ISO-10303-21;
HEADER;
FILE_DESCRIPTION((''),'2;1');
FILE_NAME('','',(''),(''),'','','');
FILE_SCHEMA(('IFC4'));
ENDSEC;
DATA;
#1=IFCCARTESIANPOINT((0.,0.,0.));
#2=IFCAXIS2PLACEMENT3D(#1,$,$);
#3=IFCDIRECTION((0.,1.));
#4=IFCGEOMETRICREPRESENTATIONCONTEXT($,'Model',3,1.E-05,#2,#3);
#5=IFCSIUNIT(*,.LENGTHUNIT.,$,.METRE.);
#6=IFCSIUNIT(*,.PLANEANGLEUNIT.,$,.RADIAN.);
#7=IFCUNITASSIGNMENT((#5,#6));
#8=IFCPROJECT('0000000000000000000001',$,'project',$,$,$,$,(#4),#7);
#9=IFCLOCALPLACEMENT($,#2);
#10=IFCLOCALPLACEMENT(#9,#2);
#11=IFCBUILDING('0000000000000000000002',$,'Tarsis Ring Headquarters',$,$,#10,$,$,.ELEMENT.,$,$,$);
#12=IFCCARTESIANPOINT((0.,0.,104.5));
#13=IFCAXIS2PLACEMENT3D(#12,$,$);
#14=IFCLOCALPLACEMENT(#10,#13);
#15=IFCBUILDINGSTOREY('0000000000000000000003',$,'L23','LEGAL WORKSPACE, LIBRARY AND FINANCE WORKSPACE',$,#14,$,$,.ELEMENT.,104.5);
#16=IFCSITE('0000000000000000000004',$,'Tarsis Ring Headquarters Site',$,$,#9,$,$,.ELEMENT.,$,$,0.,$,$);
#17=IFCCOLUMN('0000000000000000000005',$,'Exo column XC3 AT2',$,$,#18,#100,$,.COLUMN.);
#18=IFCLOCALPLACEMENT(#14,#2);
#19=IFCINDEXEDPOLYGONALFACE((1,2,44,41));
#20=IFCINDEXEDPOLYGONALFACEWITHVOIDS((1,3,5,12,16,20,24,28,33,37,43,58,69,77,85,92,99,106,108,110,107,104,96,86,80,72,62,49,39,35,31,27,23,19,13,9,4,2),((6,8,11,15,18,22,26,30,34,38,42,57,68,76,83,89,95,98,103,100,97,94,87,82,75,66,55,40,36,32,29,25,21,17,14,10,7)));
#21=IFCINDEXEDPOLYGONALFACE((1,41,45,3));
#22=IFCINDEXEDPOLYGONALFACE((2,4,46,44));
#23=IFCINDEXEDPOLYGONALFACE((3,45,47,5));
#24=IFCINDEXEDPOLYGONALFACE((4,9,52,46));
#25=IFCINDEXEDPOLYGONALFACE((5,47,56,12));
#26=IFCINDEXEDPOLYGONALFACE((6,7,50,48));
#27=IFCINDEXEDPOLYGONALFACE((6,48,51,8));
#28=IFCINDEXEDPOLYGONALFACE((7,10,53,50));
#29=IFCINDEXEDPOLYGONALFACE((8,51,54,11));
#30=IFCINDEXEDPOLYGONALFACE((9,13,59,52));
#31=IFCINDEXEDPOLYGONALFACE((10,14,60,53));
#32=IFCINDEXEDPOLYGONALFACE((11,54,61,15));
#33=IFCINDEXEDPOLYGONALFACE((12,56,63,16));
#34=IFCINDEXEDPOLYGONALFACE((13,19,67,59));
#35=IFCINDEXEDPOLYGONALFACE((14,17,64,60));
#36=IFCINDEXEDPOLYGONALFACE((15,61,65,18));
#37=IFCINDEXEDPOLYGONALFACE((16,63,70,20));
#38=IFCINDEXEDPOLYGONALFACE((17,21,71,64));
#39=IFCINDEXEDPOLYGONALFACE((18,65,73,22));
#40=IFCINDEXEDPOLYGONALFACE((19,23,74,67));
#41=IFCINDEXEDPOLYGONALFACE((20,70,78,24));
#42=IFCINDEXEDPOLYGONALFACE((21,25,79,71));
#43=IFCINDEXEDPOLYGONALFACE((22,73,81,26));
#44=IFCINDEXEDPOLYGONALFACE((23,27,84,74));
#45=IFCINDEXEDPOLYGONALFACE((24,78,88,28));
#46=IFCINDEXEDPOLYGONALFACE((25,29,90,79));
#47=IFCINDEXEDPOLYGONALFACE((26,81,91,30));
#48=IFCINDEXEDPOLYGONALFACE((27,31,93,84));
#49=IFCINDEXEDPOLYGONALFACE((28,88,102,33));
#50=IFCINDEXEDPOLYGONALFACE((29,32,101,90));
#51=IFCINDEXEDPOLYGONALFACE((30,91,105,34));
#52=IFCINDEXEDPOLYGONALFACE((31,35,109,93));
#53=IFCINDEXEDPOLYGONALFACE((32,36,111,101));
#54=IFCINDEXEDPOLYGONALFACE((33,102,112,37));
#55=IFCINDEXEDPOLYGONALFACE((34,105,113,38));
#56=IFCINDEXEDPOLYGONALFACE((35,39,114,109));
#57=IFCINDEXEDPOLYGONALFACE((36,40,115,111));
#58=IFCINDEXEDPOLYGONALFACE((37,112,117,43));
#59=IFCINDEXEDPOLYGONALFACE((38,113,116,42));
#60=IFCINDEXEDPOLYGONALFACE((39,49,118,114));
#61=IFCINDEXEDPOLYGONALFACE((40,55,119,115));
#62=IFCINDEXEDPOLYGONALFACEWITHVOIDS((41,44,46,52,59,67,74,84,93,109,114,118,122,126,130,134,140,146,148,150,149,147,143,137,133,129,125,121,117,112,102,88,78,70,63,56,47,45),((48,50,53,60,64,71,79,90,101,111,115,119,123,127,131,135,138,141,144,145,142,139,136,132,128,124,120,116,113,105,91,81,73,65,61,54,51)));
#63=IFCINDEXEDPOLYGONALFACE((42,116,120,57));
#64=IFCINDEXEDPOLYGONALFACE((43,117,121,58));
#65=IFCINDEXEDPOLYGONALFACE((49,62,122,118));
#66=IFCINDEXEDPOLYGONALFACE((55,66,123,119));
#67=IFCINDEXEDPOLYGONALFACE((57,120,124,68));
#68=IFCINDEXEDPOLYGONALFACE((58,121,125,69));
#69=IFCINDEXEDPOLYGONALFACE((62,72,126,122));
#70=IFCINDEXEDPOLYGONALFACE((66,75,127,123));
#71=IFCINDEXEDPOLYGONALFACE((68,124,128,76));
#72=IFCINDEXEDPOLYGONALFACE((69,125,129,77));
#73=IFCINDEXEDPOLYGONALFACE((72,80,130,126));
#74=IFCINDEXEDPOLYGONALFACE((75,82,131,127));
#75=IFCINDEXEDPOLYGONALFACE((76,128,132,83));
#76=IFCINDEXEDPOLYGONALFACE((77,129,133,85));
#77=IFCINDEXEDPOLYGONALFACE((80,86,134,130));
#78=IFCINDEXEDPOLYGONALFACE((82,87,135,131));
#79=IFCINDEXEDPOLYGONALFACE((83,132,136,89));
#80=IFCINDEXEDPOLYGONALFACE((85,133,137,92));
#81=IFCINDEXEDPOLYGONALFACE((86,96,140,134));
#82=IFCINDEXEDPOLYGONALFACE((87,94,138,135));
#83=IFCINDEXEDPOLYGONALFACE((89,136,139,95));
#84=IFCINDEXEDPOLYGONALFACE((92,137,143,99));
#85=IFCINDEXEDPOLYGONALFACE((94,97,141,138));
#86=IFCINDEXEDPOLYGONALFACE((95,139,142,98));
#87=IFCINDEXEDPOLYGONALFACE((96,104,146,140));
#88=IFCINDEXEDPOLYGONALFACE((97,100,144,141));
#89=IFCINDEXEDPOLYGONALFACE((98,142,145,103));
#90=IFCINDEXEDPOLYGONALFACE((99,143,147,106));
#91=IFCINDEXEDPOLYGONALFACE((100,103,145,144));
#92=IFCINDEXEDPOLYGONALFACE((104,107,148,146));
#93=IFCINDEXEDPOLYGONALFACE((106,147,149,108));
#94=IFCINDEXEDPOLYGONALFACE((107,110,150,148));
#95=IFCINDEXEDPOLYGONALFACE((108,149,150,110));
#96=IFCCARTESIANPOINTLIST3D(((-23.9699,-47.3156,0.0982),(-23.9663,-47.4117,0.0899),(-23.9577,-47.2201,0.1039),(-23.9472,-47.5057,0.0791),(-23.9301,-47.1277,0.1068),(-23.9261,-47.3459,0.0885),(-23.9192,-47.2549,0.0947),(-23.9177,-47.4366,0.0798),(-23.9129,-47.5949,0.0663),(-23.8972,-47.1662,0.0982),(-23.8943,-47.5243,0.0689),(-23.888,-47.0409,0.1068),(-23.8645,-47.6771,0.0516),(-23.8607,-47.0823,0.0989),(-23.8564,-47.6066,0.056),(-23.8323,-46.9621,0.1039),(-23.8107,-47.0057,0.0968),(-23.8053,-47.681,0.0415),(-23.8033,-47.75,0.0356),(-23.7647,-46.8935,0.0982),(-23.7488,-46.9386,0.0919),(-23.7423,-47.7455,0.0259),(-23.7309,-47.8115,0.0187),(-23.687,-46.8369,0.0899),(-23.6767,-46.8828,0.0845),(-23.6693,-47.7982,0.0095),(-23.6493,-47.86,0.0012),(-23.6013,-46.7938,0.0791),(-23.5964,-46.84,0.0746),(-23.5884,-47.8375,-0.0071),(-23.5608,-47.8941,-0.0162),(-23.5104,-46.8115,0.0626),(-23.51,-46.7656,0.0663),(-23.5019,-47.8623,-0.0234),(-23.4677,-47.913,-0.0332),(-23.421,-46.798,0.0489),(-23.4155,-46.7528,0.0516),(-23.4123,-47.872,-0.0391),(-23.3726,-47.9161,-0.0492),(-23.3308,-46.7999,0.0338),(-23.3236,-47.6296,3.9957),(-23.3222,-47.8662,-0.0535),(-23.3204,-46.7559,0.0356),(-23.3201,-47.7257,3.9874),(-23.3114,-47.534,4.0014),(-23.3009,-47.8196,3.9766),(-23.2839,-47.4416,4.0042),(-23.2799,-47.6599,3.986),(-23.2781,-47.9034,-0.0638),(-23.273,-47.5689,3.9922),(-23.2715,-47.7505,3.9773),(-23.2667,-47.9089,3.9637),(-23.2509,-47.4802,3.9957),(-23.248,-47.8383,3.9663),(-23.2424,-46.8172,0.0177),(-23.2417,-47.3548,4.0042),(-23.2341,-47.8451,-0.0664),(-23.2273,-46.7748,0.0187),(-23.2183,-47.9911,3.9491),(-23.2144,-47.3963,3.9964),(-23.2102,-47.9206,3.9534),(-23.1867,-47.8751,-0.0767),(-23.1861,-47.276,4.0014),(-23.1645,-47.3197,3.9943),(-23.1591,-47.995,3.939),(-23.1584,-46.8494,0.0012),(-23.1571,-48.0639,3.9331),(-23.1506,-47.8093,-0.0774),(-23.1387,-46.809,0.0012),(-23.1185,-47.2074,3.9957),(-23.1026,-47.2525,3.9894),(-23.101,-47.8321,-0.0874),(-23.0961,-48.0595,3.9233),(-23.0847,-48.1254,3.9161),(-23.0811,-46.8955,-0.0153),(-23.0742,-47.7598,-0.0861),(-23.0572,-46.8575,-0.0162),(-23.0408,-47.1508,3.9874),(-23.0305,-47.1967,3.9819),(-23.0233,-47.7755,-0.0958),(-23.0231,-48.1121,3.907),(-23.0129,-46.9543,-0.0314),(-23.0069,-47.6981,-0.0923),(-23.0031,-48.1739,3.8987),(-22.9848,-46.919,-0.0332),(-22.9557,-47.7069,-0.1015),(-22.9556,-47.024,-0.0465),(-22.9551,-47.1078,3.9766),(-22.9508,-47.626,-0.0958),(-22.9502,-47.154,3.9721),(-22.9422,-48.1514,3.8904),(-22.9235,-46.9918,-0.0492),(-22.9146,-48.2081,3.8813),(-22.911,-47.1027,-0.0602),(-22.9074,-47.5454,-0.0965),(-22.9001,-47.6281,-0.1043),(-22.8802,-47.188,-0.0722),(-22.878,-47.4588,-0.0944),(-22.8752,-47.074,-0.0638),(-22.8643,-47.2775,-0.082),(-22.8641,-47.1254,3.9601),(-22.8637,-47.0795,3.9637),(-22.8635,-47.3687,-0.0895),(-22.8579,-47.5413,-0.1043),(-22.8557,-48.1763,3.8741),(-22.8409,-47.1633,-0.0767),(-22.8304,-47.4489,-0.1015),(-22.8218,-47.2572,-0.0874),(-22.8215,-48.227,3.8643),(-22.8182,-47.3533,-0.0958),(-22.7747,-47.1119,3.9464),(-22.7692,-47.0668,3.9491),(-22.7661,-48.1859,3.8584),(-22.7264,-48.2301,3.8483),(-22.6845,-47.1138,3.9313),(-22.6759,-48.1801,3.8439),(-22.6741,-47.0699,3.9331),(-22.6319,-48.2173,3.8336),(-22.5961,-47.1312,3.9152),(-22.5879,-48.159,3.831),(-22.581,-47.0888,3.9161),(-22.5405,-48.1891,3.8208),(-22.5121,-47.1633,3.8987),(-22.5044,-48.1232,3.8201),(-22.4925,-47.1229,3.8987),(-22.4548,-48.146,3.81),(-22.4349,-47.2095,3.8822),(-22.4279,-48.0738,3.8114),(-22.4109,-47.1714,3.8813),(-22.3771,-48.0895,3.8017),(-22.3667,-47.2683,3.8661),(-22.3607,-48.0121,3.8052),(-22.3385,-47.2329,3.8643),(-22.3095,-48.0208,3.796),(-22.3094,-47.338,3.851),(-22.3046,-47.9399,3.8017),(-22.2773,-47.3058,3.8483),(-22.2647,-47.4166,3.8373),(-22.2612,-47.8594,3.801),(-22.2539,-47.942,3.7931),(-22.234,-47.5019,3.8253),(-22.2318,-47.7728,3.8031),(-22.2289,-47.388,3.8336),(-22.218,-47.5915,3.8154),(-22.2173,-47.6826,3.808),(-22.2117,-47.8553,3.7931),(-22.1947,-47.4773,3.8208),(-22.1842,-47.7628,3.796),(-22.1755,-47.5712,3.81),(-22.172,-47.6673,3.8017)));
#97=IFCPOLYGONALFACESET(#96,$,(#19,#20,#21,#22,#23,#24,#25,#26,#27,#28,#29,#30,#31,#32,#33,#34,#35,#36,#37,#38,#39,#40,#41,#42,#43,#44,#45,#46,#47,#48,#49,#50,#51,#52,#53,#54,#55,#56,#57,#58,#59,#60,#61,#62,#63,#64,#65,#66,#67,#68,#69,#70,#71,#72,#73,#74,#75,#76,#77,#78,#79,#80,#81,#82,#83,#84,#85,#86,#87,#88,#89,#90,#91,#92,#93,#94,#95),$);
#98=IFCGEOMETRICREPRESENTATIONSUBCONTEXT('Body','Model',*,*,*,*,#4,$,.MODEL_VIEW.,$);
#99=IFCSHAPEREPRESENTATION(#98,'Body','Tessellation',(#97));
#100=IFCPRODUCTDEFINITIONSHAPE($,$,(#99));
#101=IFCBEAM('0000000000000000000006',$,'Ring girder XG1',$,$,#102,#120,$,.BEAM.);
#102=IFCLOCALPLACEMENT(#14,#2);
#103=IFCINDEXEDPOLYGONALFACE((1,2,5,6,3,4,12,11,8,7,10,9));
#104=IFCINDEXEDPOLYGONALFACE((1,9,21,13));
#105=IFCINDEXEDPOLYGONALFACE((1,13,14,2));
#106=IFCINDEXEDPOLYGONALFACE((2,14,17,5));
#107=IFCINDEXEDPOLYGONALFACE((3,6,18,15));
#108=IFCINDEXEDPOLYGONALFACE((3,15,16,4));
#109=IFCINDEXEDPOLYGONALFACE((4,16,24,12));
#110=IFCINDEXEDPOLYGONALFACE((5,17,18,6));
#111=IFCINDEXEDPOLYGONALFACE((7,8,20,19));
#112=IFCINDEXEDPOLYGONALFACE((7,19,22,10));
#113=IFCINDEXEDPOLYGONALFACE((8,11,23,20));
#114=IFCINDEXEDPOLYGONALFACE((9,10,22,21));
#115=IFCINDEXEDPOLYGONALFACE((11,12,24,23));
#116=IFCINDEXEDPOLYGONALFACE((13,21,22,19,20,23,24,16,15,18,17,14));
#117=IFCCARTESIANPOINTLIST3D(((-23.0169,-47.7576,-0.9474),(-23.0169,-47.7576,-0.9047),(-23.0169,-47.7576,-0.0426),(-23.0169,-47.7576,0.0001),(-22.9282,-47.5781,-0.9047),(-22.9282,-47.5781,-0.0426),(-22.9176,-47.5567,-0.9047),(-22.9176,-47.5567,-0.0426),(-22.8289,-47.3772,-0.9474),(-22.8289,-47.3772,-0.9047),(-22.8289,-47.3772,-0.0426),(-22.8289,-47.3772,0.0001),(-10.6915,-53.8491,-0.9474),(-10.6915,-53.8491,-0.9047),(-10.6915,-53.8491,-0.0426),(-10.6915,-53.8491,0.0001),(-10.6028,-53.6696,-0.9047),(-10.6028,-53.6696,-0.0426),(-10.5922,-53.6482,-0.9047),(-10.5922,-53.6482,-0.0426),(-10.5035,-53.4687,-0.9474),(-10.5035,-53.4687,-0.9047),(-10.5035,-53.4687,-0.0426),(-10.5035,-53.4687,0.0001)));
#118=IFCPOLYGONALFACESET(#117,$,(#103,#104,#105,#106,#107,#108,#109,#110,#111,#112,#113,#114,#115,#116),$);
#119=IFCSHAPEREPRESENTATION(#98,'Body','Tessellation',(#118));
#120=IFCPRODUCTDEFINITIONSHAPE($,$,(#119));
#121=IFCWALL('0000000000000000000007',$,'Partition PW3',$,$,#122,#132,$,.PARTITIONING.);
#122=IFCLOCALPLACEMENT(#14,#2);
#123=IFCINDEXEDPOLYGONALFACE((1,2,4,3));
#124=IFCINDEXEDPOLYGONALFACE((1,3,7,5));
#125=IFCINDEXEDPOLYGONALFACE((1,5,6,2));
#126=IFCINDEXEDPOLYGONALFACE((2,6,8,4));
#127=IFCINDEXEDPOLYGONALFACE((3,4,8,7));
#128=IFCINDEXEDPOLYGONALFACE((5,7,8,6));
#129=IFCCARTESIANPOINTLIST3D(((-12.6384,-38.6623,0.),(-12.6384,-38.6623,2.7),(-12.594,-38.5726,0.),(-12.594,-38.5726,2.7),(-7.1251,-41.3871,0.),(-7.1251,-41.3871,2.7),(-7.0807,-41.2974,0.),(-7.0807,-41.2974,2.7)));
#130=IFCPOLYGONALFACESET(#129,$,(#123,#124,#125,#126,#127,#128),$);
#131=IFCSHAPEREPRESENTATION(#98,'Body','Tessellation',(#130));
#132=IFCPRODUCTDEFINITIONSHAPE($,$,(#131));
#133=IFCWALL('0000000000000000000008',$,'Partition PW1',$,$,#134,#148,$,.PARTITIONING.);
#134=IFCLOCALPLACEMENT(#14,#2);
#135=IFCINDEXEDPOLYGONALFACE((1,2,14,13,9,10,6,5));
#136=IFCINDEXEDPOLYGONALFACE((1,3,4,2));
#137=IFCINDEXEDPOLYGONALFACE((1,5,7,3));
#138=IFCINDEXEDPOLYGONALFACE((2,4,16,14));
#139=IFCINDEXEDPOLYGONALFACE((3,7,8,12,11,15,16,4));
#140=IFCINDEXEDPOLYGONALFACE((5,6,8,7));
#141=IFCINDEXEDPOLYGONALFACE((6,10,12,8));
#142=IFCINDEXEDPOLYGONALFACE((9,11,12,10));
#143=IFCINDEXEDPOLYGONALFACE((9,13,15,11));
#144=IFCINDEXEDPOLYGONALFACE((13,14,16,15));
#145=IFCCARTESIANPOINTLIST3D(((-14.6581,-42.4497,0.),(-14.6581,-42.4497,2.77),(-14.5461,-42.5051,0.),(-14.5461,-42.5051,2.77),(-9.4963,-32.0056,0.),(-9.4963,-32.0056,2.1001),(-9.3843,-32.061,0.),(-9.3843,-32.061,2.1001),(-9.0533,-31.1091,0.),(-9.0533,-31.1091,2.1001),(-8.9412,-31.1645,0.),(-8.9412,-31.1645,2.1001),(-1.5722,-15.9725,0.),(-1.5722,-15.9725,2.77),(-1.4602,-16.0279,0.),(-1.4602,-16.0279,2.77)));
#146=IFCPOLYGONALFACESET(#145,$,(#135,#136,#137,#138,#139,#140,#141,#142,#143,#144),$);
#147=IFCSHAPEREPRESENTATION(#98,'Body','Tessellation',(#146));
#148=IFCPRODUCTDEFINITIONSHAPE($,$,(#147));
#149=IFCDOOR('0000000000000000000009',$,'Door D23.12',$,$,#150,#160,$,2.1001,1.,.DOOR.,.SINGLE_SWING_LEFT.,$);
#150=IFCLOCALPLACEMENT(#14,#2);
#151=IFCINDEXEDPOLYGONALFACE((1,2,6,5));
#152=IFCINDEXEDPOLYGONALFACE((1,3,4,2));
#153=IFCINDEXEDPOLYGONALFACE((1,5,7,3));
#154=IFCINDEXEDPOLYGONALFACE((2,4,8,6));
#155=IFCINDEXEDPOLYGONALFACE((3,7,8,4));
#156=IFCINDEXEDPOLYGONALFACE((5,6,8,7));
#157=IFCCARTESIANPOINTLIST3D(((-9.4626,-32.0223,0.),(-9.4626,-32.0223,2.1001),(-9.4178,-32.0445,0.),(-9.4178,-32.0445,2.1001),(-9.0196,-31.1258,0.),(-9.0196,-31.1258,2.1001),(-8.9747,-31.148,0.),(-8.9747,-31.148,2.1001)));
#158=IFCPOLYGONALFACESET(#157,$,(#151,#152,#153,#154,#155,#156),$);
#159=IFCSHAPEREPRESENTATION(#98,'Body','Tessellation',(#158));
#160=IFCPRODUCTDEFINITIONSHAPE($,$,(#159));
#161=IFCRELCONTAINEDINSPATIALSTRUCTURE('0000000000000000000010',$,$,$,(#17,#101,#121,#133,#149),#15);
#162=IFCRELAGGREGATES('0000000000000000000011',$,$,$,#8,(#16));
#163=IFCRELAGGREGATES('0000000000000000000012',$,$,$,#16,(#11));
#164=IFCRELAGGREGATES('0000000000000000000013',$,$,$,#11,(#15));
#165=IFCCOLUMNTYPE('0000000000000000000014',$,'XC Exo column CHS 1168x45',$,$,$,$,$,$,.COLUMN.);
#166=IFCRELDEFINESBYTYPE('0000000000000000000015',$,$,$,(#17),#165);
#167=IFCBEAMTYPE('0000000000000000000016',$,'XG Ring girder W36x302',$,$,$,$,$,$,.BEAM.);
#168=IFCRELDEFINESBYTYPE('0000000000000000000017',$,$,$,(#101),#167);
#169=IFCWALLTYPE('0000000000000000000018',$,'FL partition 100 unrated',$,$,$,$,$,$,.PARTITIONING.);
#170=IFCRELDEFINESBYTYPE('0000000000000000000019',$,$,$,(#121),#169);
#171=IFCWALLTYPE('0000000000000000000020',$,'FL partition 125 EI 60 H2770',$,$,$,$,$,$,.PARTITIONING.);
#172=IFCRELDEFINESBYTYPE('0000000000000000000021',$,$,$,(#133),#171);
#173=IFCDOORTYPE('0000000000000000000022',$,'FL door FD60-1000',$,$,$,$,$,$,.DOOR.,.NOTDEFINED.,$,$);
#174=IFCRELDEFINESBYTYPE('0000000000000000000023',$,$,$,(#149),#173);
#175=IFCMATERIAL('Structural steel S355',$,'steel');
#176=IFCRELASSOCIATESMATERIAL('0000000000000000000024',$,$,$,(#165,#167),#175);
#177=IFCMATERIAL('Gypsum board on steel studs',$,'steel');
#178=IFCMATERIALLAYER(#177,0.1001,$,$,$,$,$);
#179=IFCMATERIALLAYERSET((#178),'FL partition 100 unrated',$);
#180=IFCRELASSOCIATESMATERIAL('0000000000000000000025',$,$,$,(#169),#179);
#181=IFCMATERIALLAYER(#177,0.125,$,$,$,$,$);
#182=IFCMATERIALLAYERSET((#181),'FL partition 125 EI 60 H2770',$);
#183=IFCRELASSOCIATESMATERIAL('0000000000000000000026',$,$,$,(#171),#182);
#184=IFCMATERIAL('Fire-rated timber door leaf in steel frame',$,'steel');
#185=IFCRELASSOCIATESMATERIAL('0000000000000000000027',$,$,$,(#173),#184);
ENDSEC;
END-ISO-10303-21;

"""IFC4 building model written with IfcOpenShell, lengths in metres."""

from ifc_helpers import new_model, si_unit, direction, frame, frame_2d, origin, origin_2d, place, context, subcontext, project, spatial, rectangle, hollow_circle, i_section, extrude, material, layer, layer_set, material_profile, profile_set, type_object, element, fill, save


model = new_model("IFC4")

# Units and contexts
model_context = context("Model", 3, precision=1e-05, world=origin(), true_north=direction((0.0, 1.0)))
body_context = subcontext(model_context, "Body", "Model", "MODEL_VIEW")
ifc_project = project(units=[si_unit("LENGTHUNIT", "METRE"), si_unit("PLANEANGLEUNIT", "RADIAN")], contexts=[model_context])

# Site, building, storey
site_placement = place(None, origin())
site = spatial("IfcSite", under=ifc_project, at=site_placement, Name="Tarsis Ring Headquarters Site", CompositionType="ELEMENT", RefElevation=0.0)
building_placement = place(site_placement, origin())
building = spatial("IfcBuilding", under=site, at=building_placement, Name="Tarsis Ring Headquarters", CompositionType="ELEMENT")
storey_placement = place(building_placement, frame((0.0, 0.0, 104.5)))
storey = spatial("IfcBuildingStorey", under=building, at=storey_placement, Name="L23", Description="LEGAL WORKSPACE, LIBRARY AND FINANCE WORKSPACE", CompositionType="ELEMENT", Elevation=104.5)

# Column
ifc_material_1 = material(Name="Structural steel S355", Category="steel")
ifc_material_profile_1 = material_profile(ifc_material_1, hollow_circle(Radius=0.5842, WallThickness=0.0449, at=origin_2d()), Name="CHS 1168x45")
ifc_profile_set_1 = profile_set([ifc_material_profile_1], Name="Structural steel S355")
column_type = type_object("IfcColumnType", Name="XC Exo column CHS 1168x45", PredefinedType="COLUMN", material=ifc_profile_set_1)
column_placement = place(storey_placement, frame((-23.394, -47.3345, 0.0012), z_axis=(0.163063, -0.079221, 0.98343), x_axis=(0.43699, 0.899466, 0.0)))
element("IfcColumn", 1, at=column_placement, inside=storey, type_object=column_type, Name="Exo column XC3 AT2", PredefinedType="COLUMN", context=body_context, shape_type="SweptSolid", body=[
    extrude(hollow_circle(Radius=0.5842, WallThickness=0.0449, at=origin_2d()), origin(), (0.0, 0.0, 1.0), 3.9631),
])

# Beam
ifc_material_profile_2 = material_profile(ifc_material_1, i_section(OverallWidth=0.4243, OverallDepth=0.9475, WebThickness=0.0239, FlangeThickness=0.0427, at=origin_2d()), Name="W36x302")
ifc_profile_set_2 = profile_set([ifc_material_profile_2], Name="Structural steel S355")
beam_type = type_object("IfcBeamType", Name="XG Ring girder W36x302", PredefinedType="BEAM", material=ifc_profile_set_2)
beam_placement = place(storey_placement, frame((-22.9229, -47.5674, -0.4736), z_axis=(0.896488, -0.443068, 0.0), x_axis=(0.443068, 0.896488, 0.0)))
element("IfcBeam", 2, at=beam_placement, inside=storey, type_object=beam_type, Name="Ring girder XG1", PredefinedType="BEAM", context=body_context, shape_type="SweptSolid", body=[
    extrude(i_section(OverallWidth=0.4243, OverallDepth=0.9475, WebThickness=0.0239, FlangeThickness=0.0427, at=origin_2d()), origin(), (0.0, 0.0, 1.0), 13.7485),
])

# Wall
ifc_material_2 = material(Name="Gypsum board on steel studs", Category="steel")
ifc_layer_1 = layer(ifc_material_2, 0.1001)
ifc_layer_set_1 = layer_set([ifc_layer_1], Name="FL partition 100 unrated")
wall_type_1 = type_object("IfcWallType", Name="FL partition 100 unrated", PredefinedType="PARTITIONING", material=ifc_layer_set_1)
wall_1_placement = place(storey_placement, frame((-12.6162, -38.6174, 0.0), z_axis=(0.0, 0.0, 1.0), x_axis=(0.89649, -0.443064, 0.0)))
element("IfcWall", 3, at=wall_1_placement, inside=storey, type_object=wall_type_1, Name="Partition PW3", PredefinedType="PARTITIONING", context=body_context, shape_type="SweptSolid", body=[
    extrude(rectangle(XDim=6.1499, YDim=0.1001, at=frame_2d((3.075, 0.0))), origin(), (0.0, 0.0, 1.0), 2.7),
])

# Wall, opening, door
ifc_layer_2 = layer(ifc_material_2, 0.125)
ifc_layer_set_2 = layer_set([ifc_layer_2], Name="FL partition 125 EI 60 H2770")
wall_type_2 = type_object("IfcWallType", Name="FL partition 125 EI 60 H2770", PredefinedType="PARTITIONING", material=ifc_layer_set_2)
wall_2_placement = place(storey_placement, frame((-14.6021, -42.4773, 0.0), z_axis=(0.0, 0.0, 1.0), x_axis=(0.443072, 0.896486, 0.0)))
wall_2 = element("IfcWall", 4, at=wall_2_placement, inside=storey, type_object=wall_type_2, Name="Partition PW1", PredefinedType="PARTITIONING", context=body_context, shape_type="SweptSolid", body=[
    extrude(rectangle(XDim=29.5344, YDim=0.125, at=frame_2d((14.7671, 0.0))), origin(), (0.0, 0.0, 1.0), 2.77),
])
opening_1_placement = place(wall_2_placement, frame((11.6499, 0.0, 0.0)))
opening_1 = element("IfcOpeningElement", 5, at=opening_1_placement, cuts=wall_2, PredefinedType="OPENING", context=body_context, shape_type="SweptSolid", body=[
    extrude(rectangle(XDim=1.0, YDim=2.1001, at=frame_2d((0.5, 1.05))), frame((0.0, 0.0725, 0.0), z_axis=(0.0, -1.0, 0.0), x_axis=(1.0, 0.0, 0.0)), (0.0, 0.0, 1.0), 0.145),
])
ifc_material_3 = material(Name="Fire-rated timber door leaf in steel frame", Category="steel")
door_type_1 = type_object("IfcDoorType", Name="FL door FD60-1000", OperationType="NOTDEFINED", PredefinedType="DOOR", material=ifc_material_3)
door_1_placement = place(opening_1_placement, origin())
door_1 = element("IfcDoor", 6, at=door_1_placement, inside=storey, type_object=door_type_1, Name="Door D23.12", OperationType="SINGLE_SWING_LEFT", OverallHeight=2.1001, OverallWidth=1.0, PredefinedType="DOOR", context=body_context, shape_type="SweptSolid", body=[
    extrude(rectangle(XDim=1.0, YDim=2.1001, at=frame_2d((0.5, 1.05))), frame((0.0, 0.0249, 0.0), z_axis=(0.0, -1.0, 0.0), x_axis=(1.0, 0.0, 0.0)), (0.0, 0.0, 1.0), 0.05),
])
fill(opening_1, door_1)

save(model, "model.ifc")
